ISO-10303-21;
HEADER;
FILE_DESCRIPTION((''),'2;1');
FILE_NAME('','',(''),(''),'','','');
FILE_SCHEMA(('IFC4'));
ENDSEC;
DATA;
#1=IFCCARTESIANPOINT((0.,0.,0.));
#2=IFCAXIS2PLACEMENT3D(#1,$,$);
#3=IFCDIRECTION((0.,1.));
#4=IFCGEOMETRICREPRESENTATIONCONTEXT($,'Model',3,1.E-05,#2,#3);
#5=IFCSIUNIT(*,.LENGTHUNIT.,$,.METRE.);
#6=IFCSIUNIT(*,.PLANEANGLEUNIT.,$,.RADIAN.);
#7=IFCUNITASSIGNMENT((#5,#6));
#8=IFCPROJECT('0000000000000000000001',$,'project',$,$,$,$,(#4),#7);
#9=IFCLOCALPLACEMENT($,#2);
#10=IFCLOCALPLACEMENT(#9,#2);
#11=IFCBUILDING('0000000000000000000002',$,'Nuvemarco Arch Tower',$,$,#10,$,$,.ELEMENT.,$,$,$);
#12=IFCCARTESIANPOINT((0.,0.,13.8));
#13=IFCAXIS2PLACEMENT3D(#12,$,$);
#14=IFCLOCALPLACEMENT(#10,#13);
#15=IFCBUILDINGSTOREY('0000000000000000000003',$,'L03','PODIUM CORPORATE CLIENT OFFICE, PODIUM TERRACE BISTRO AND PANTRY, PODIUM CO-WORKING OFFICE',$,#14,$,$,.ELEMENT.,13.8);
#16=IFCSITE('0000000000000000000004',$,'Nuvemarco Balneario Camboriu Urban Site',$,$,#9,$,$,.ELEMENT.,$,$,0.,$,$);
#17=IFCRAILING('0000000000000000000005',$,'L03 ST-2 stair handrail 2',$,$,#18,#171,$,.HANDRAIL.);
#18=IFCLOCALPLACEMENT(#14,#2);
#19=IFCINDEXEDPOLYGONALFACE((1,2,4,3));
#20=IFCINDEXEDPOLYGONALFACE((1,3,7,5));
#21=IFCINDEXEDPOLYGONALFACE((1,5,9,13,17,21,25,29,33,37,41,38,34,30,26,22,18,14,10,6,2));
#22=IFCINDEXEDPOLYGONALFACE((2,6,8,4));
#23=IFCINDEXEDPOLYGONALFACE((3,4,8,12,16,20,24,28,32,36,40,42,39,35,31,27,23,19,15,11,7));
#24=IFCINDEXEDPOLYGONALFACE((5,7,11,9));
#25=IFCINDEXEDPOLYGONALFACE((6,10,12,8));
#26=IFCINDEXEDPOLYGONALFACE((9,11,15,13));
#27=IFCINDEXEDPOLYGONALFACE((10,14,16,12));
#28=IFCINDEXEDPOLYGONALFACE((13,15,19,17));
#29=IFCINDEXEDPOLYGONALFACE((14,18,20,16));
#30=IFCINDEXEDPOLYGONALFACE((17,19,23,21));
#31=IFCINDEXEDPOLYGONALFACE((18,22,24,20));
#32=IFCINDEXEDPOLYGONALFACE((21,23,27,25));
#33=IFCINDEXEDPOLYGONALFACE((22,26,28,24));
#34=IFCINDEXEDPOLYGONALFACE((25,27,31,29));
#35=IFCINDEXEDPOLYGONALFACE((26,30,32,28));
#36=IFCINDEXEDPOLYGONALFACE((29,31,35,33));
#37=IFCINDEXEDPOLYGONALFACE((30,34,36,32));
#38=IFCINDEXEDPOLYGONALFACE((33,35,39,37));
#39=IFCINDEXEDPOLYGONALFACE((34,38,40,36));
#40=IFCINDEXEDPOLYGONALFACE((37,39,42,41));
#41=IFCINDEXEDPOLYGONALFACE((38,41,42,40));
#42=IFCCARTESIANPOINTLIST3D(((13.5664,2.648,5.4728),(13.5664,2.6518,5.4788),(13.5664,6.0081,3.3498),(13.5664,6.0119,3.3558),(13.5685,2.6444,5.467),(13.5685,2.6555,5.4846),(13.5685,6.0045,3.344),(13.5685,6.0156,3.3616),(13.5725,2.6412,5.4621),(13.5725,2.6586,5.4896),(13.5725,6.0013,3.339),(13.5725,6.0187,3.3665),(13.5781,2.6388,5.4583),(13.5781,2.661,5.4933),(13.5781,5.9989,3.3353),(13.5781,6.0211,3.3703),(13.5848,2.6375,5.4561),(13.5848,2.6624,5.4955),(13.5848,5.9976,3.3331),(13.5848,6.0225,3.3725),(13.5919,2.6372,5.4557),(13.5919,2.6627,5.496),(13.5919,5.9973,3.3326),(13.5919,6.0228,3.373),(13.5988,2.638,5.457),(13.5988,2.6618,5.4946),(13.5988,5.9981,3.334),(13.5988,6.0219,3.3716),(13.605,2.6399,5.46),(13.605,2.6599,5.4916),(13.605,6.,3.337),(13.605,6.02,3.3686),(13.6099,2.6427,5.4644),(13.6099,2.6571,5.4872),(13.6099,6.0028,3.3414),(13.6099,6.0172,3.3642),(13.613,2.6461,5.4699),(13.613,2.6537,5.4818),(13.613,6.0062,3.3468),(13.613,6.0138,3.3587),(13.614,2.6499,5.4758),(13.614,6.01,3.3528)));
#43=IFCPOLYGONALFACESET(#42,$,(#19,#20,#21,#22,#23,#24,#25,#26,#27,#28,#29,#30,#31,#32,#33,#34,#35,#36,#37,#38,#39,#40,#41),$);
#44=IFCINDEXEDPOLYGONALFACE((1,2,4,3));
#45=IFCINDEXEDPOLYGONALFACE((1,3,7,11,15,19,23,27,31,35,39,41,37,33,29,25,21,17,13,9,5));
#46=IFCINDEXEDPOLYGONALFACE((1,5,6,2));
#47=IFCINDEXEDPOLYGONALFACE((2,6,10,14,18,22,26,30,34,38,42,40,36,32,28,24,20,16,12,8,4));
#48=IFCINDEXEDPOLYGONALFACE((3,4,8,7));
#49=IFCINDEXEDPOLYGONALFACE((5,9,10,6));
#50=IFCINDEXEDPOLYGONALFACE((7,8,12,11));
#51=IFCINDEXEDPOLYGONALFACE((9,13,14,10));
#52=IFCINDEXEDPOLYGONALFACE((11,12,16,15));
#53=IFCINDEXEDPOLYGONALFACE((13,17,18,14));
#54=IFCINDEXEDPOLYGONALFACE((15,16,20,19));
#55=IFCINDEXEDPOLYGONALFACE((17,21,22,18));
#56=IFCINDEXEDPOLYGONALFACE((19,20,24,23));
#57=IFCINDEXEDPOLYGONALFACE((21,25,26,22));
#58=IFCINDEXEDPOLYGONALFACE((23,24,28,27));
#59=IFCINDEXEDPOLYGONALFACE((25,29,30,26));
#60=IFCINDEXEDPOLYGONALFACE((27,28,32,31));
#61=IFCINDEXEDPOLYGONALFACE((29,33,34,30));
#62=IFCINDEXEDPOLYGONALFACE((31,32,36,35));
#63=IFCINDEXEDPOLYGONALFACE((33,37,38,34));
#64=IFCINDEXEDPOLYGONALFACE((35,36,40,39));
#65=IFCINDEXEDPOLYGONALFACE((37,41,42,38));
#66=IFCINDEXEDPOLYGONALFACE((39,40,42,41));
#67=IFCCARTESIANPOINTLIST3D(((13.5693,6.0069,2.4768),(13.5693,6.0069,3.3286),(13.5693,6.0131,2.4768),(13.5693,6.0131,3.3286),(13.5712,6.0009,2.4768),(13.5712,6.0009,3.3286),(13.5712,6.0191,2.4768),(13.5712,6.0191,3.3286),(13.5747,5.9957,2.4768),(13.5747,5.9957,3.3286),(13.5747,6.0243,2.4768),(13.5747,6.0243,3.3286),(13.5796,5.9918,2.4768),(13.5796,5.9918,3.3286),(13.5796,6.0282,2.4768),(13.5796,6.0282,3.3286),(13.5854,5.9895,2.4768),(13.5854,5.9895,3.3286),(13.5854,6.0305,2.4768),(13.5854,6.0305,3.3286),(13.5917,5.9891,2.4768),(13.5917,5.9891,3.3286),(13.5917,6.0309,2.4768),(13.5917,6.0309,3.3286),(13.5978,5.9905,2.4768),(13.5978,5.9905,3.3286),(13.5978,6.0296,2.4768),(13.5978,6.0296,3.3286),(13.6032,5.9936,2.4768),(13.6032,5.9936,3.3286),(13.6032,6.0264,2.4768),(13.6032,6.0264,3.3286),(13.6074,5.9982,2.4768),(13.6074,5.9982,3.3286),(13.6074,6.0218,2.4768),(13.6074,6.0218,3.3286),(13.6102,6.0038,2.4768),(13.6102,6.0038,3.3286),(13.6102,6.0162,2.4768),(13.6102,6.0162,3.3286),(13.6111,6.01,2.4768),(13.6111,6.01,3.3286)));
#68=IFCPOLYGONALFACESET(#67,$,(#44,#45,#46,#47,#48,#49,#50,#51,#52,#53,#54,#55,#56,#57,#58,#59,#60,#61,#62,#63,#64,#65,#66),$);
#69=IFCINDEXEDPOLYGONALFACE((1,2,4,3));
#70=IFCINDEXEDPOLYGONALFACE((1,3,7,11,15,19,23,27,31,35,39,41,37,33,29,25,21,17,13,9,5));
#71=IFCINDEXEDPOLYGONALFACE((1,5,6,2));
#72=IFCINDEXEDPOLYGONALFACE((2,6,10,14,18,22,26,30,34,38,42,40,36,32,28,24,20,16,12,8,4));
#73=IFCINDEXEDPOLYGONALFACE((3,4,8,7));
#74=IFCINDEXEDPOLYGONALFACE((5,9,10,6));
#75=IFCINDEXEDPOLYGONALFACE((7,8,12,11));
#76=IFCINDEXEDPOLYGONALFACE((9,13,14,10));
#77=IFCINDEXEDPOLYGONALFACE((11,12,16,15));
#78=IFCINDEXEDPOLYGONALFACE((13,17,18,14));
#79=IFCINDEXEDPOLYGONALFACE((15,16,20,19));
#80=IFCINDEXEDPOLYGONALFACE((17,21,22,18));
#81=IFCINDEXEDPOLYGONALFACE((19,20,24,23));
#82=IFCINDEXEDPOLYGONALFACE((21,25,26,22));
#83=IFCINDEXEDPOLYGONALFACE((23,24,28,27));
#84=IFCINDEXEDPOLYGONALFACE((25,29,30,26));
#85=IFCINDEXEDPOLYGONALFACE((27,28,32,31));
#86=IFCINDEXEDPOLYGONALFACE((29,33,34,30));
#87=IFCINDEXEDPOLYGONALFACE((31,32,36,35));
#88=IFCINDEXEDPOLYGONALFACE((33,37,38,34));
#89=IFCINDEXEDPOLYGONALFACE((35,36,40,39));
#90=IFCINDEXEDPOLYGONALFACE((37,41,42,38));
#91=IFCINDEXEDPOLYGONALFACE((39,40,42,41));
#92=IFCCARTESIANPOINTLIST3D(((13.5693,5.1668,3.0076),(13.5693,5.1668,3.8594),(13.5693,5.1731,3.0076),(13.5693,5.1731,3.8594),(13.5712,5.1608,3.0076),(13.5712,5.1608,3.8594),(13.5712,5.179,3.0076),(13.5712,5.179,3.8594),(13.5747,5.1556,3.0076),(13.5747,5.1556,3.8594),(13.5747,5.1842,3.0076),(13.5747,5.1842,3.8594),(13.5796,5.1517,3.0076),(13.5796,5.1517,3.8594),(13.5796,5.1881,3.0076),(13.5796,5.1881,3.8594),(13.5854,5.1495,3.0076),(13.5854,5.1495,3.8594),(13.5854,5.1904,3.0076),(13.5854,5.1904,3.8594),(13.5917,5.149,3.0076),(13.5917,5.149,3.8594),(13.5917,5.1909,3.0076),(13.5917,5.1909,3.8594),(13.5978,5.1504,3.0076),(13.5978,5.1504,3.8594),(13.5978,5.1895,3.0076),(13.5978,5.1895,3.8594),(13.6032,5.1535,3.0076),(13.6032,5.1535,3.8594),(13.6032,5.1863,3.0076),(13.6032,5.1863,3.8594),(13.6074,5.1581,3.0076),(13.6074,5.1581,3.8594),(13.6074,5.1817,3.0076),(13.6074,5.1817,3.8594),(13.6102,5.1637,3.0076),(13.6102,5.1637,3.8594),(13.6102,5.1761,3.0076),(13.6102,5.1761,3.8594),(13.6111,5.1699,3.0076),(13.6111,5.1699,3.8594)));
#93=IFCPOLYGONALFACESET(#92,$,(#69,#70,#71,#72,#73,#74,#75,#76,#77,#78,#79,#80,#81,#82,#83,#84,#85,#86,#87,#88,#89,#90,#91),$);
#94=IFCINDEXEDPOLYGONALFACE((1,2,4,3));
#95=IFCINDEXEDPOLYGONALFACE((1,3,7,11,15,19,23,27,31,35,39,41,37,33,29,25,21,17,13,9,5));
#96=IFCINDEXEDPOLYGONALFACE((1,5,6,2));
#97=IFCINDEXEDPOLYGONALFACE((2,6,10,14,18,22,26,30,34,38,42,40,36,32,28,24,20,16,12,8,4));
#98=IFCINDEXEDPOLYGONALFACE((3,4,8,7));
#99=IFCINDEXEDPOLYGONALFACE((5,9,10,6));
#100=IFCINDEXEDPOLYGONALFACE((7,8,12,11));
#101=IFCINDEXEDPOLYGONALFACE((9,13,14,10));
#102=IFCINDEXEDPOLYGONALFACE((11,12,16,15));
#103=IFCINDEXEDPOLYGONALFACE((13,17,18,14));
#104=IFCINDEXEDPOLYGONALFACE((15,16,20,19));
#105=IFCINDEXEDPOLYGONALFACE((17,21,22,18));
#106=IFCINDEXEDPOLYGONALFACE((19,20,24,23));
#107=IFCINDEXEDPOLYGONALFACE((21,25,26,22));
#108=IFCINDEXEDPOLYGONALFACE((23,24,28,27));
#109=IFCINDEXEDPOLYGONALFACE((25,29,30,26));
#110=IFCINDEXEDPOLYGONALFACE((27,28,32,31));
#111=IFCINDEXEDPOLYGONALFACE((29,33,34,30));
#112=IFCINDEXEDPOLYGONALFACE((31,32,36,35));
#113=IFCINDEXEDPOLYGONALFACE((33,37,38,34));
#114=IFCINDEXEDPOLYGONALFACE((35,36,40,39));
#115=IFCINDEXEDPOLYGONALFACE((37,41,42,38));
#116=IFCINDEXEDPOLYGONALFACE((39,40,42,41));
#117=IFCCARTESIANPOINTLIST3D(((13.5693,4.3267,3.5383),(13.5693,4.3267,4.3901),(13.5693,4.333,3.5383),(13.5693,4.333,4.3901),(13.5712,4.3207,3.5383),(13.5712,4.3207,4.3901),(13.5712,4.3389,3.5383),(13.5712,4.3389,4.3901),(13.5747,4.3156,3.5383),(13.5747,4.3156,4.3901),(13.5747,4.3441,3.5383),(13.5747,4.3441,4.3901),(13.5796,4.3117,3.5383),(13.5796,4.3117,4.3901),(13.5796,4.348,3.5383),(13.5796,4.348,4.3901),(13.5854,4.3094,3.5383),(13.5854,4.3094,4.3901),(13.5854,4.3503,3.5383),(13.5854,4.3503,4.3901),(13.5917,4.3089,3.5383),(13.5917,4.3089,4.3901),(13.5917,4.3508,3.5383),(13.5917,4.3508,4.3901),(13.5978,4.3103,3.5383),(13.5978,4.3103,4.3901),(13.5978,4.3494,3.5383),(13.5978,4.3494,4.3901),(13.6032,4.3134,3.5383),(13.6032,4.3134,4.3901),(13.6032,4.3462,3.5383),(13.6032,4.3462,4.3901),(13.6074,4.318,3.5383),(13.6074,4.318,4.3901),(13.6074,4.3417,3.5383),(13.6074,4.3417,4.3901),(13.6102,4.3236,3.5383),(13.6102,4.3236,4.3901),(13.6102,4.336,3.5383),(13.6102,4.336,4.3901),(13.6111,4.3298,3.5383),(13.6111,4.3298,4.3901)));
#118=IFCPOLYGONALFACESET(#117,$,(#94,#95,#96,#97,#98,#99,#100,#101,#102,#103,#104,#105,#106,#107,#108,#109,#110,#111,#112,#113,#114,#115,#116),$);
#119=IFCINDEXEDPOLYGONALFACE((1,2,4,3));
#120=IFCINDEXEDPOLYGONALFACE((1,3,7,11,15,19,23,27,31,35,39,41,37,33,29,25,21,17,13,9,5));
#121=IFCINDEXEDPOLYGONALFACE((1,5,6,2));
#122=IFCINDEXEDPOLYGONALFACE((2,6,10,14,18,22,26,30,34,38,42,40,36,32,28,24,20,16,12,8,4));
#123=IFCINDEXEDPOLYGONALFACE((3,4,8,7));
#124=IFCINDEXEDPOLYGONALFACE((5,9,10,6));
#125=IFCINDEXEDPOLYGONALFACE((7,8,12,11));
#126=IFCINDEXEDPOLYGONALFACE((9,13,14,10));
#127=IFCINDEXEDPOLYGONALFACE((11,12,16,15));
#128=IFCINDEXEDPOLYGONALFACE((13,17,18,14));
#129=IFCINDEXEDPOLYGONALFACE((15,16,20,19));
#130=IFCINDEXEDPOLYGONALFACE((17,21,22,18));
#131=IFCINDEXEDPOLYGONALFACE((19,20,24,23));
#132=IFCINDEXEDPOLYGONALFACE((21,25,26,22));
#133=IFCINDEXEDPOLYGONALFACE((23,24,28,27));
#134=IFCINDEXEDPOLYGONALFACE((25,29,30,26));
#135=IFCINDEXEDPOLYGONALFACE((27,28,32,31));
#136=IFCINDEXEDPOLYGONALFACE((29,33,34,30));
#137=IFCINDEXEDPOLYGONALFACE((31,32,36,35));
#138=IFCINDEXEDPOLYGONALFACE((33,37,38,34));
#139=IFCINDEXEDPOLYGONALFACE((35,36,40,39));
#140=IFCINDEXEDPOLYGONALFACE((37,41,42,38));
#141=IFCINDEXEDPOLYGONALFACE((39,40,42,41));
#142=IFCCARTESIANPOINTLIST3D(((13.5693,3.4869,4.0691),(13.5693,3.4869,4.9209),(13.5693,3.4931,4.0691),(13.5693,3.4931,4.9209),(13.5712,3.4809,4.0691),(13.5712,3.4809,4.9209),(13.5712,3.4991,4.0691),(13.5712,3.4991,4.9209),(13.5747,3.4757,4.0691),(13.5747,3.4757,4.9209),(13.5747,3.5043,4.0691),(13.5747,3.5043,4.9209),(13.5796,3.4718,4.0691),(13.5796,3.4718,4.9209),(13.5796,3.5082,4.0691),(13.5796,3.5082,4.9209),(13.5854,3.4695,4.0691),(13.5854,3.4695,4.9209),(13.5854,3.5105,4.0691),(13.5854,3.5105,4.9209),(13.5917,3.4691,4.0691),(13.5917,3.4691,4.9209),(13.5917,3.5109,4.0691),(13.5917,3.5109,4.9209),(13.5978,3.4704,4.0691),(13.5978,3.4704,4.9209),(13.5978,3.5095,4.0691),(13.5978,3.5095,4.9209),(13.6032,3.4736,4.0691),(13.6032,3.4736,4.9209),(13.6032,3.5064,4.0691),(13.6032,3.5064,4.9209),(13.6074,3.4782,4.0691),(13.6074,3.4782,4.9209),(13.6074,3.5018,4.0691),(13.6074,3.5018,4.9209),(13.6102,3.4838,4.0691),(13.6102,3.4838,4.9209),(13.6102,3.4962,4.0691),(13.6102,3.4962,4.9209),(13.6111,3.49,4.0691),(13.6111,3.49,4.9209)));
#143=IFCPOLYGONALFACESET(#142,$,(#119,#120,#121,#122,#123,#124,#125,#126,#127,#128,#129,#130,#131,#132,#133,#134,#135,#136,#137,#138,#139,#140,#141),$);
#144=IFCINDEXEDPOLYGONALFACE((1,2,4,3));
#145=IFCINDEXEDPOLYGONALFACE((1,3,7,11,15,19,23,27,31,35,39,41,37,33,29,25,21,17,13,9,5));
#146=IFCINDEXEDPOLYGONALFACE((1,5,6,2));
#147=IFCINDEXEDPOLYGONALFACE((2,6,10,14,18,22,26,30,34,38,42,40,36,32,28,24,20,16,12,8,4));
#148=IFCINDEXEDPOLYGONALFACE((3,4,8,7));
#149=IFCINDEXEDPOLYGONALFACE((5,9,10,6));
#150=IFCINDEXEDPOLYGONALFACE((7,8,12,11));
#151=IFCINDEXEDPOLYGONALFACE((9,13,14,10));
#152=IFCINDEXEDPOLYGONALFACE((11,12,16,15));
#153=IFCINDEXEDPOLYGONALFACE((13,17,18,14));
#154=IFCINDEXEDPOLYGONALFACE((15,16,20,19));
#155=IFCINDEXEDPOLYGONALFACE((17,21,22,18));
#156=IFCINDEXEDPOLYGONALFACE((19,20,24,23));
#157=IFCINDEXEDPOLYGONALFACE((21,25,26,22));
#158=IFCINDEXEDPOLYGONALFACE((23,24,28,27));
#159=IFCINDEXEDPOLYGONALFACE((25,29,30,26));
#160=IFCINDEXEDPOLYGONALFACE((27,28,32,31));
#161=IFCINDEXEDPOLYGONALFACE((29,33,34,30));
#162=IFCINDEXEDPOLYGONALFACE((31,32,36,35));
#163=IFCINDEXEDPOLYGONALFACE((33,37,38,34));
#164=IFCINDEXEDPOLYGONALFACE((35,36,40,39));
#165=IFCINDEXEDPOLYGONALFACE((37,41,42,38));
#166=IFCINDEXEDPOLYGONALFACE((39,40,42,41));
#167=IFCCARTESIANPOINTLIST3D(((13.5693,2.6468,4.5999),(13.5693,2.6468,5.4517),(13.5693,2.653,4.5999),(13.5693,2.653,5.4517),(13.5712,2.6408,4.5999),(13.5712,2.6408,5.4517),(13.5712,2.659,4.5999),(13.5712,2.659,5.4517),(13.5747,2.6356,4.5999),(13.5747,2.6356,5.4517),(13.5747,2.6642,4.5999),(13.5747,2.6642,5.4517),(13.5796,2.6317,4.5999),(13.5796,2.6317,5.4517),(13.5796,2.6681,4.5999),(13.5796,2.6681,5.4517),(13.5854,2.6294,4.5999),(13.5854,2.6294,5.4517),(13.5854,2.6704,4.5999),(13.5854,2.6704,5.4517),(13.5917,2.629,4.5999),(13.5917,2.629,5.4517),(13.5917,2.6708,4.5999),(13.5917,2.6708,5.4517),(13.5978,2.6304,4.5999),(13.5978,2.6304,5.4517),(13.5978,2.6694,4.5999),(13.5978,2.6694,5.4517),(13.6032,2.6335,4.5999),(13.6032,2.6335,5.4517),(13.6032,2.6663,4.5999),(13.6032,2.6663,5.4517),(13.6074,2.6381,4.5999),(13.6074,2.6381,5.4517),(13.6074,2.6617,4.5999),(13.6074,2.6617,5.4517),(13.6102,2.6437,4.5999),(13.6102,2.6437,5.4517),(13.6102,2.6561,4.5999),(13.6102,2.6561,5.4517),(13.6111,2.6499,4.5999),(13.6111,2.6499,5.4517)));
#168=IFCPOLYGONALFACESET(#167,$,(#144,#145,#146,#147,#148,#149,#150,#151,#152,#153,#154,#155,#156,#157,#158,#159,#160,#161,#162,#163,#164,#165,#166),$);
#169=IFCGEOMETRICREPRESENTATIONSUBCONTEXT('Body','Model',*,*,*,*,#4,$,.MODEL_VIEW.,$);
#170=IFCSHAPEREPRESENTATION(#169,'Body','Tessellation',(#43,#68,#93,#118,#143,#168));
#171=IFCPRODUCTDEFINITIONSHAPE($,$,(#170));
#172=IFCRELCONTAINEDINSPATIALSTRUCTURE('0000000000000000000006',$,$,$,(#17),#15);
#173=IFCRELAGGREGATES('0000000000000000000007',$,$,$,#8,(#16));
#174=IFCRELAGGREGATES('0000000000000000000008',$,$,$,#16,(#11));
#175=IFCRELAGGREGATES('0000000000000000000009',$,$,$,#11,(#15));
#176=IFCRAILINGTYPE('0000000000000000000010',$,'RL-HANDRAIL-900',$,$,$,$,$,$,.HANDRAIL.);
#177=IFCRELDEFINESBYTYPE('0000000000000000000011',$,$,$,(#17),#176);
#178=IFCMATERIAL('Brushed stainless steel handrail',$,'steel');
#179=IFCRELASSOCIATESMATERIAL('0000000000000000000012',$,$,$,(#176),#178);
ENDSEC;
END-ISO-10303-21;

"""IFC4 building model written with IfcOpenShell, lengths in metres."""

from ifc_helpers import new_model, si_unit, direction, frame, origin, origin_2d, place, context, subcontext, project, spatial, circle, extrude, material, type_object, element, save


model = new_model("IFC4")

# Units and contexts
model_context = context("Model", 3, precision=1e-05, world=origin(), true_north=direction((0.0, 1.0)))
body_context = subcontext(model_context, "Body", "Model", "MODEL_VIEW")
ifc_project = project(units=[si_unit("LENGTHUNIT", "METRE"), si_unit("PLANEANGLEUNIT", "RADIAN")], contexts=[model_context])

# Site, building, storey
site_placement = place(None, origin())
site = spatial("IfcSite", under=ifc_project, at=site_placement, Name="Nuvemarco Balneario Camboriu Urban Site", CompositionType="ELEMENT", RefElevation=0.0)
building_placement = place(site_placement, origin())
building = spatial("IfcBuilding", under=site, at=building_placement, Name="Nuvemarco Arch Tower", CompositionType="ELEMENT")
storey_placement = place(building_placement, frame((0.0, 0.0, 13.8)))
storey = spatial("IfcBuildingStorey", under=building, at=storey_placement, Name="L03", Description="PODIUM CORPORATE CLIENT OFFICE, PODIUM TERRACE BISTRO AND PANTRY, PODIUM CO-WORKING OFFICE", CompositionType="ELEMENT", Elevation=13.8)

# Railing
ifc_material_1 = material(Name="Brushed stainless steel handrail", Category="steel")
railing_type_1 = type_object("IfcRailingType", Name="RL-HANDRAIL-900", PredefinedType="HANDRAIL", material=ifc_material_1)
railing_1_placement = place(storey_placement, frame((13.5901, 6.01, 2.4768)))
element("IfcRailing", 1, at=railing_1_placement, inside=storey, type_object=railing_type_1, Name="L03 ST-2 stair handrail 2", PredefinedType="HANDRAIL", context=body_context, shape_type="SweptSolid", body=[
    extrude(circle(Radius=0.0239, at=origin_2d()), frame((0.0, 0.0, 0.876), z_axis=(0.0, -0.84539, 0.53415), x_axis=(1.0, 0.0, 0.0)), (0.0, 0.0, 1.0), 3.9746),
    extrude(circle(Radius=0.021, at=origin_2d()), origin(), (0.0, 0.0, 1.0), 0.8518),
    extrude(circle(Radius=0.021, at=origin_2d()), frame((0.0, -0.8401, 0.5308)), (0.0, 0.0, 1.0), 0.8518),
    extrude(circle(Radius=0.021, at=origin_2d()), frame((0.0, -1.6802, 1.0615)), (0.0, 0.0, 1.0), 0.8518),
    extrude(circle(Radius=0.021, at=origin_2d()), frame((0.0, -2.52, 1.5923)), (0.0, 0.0, 1.0), 0.8518),
    extrude(circle(Radius=0.021, at=origin_2d()), frame((0.0, -3.3601, 2.123)), (0.0, 0.0, 1.0), 0.8518),
])

save(model, "model.ifc")
